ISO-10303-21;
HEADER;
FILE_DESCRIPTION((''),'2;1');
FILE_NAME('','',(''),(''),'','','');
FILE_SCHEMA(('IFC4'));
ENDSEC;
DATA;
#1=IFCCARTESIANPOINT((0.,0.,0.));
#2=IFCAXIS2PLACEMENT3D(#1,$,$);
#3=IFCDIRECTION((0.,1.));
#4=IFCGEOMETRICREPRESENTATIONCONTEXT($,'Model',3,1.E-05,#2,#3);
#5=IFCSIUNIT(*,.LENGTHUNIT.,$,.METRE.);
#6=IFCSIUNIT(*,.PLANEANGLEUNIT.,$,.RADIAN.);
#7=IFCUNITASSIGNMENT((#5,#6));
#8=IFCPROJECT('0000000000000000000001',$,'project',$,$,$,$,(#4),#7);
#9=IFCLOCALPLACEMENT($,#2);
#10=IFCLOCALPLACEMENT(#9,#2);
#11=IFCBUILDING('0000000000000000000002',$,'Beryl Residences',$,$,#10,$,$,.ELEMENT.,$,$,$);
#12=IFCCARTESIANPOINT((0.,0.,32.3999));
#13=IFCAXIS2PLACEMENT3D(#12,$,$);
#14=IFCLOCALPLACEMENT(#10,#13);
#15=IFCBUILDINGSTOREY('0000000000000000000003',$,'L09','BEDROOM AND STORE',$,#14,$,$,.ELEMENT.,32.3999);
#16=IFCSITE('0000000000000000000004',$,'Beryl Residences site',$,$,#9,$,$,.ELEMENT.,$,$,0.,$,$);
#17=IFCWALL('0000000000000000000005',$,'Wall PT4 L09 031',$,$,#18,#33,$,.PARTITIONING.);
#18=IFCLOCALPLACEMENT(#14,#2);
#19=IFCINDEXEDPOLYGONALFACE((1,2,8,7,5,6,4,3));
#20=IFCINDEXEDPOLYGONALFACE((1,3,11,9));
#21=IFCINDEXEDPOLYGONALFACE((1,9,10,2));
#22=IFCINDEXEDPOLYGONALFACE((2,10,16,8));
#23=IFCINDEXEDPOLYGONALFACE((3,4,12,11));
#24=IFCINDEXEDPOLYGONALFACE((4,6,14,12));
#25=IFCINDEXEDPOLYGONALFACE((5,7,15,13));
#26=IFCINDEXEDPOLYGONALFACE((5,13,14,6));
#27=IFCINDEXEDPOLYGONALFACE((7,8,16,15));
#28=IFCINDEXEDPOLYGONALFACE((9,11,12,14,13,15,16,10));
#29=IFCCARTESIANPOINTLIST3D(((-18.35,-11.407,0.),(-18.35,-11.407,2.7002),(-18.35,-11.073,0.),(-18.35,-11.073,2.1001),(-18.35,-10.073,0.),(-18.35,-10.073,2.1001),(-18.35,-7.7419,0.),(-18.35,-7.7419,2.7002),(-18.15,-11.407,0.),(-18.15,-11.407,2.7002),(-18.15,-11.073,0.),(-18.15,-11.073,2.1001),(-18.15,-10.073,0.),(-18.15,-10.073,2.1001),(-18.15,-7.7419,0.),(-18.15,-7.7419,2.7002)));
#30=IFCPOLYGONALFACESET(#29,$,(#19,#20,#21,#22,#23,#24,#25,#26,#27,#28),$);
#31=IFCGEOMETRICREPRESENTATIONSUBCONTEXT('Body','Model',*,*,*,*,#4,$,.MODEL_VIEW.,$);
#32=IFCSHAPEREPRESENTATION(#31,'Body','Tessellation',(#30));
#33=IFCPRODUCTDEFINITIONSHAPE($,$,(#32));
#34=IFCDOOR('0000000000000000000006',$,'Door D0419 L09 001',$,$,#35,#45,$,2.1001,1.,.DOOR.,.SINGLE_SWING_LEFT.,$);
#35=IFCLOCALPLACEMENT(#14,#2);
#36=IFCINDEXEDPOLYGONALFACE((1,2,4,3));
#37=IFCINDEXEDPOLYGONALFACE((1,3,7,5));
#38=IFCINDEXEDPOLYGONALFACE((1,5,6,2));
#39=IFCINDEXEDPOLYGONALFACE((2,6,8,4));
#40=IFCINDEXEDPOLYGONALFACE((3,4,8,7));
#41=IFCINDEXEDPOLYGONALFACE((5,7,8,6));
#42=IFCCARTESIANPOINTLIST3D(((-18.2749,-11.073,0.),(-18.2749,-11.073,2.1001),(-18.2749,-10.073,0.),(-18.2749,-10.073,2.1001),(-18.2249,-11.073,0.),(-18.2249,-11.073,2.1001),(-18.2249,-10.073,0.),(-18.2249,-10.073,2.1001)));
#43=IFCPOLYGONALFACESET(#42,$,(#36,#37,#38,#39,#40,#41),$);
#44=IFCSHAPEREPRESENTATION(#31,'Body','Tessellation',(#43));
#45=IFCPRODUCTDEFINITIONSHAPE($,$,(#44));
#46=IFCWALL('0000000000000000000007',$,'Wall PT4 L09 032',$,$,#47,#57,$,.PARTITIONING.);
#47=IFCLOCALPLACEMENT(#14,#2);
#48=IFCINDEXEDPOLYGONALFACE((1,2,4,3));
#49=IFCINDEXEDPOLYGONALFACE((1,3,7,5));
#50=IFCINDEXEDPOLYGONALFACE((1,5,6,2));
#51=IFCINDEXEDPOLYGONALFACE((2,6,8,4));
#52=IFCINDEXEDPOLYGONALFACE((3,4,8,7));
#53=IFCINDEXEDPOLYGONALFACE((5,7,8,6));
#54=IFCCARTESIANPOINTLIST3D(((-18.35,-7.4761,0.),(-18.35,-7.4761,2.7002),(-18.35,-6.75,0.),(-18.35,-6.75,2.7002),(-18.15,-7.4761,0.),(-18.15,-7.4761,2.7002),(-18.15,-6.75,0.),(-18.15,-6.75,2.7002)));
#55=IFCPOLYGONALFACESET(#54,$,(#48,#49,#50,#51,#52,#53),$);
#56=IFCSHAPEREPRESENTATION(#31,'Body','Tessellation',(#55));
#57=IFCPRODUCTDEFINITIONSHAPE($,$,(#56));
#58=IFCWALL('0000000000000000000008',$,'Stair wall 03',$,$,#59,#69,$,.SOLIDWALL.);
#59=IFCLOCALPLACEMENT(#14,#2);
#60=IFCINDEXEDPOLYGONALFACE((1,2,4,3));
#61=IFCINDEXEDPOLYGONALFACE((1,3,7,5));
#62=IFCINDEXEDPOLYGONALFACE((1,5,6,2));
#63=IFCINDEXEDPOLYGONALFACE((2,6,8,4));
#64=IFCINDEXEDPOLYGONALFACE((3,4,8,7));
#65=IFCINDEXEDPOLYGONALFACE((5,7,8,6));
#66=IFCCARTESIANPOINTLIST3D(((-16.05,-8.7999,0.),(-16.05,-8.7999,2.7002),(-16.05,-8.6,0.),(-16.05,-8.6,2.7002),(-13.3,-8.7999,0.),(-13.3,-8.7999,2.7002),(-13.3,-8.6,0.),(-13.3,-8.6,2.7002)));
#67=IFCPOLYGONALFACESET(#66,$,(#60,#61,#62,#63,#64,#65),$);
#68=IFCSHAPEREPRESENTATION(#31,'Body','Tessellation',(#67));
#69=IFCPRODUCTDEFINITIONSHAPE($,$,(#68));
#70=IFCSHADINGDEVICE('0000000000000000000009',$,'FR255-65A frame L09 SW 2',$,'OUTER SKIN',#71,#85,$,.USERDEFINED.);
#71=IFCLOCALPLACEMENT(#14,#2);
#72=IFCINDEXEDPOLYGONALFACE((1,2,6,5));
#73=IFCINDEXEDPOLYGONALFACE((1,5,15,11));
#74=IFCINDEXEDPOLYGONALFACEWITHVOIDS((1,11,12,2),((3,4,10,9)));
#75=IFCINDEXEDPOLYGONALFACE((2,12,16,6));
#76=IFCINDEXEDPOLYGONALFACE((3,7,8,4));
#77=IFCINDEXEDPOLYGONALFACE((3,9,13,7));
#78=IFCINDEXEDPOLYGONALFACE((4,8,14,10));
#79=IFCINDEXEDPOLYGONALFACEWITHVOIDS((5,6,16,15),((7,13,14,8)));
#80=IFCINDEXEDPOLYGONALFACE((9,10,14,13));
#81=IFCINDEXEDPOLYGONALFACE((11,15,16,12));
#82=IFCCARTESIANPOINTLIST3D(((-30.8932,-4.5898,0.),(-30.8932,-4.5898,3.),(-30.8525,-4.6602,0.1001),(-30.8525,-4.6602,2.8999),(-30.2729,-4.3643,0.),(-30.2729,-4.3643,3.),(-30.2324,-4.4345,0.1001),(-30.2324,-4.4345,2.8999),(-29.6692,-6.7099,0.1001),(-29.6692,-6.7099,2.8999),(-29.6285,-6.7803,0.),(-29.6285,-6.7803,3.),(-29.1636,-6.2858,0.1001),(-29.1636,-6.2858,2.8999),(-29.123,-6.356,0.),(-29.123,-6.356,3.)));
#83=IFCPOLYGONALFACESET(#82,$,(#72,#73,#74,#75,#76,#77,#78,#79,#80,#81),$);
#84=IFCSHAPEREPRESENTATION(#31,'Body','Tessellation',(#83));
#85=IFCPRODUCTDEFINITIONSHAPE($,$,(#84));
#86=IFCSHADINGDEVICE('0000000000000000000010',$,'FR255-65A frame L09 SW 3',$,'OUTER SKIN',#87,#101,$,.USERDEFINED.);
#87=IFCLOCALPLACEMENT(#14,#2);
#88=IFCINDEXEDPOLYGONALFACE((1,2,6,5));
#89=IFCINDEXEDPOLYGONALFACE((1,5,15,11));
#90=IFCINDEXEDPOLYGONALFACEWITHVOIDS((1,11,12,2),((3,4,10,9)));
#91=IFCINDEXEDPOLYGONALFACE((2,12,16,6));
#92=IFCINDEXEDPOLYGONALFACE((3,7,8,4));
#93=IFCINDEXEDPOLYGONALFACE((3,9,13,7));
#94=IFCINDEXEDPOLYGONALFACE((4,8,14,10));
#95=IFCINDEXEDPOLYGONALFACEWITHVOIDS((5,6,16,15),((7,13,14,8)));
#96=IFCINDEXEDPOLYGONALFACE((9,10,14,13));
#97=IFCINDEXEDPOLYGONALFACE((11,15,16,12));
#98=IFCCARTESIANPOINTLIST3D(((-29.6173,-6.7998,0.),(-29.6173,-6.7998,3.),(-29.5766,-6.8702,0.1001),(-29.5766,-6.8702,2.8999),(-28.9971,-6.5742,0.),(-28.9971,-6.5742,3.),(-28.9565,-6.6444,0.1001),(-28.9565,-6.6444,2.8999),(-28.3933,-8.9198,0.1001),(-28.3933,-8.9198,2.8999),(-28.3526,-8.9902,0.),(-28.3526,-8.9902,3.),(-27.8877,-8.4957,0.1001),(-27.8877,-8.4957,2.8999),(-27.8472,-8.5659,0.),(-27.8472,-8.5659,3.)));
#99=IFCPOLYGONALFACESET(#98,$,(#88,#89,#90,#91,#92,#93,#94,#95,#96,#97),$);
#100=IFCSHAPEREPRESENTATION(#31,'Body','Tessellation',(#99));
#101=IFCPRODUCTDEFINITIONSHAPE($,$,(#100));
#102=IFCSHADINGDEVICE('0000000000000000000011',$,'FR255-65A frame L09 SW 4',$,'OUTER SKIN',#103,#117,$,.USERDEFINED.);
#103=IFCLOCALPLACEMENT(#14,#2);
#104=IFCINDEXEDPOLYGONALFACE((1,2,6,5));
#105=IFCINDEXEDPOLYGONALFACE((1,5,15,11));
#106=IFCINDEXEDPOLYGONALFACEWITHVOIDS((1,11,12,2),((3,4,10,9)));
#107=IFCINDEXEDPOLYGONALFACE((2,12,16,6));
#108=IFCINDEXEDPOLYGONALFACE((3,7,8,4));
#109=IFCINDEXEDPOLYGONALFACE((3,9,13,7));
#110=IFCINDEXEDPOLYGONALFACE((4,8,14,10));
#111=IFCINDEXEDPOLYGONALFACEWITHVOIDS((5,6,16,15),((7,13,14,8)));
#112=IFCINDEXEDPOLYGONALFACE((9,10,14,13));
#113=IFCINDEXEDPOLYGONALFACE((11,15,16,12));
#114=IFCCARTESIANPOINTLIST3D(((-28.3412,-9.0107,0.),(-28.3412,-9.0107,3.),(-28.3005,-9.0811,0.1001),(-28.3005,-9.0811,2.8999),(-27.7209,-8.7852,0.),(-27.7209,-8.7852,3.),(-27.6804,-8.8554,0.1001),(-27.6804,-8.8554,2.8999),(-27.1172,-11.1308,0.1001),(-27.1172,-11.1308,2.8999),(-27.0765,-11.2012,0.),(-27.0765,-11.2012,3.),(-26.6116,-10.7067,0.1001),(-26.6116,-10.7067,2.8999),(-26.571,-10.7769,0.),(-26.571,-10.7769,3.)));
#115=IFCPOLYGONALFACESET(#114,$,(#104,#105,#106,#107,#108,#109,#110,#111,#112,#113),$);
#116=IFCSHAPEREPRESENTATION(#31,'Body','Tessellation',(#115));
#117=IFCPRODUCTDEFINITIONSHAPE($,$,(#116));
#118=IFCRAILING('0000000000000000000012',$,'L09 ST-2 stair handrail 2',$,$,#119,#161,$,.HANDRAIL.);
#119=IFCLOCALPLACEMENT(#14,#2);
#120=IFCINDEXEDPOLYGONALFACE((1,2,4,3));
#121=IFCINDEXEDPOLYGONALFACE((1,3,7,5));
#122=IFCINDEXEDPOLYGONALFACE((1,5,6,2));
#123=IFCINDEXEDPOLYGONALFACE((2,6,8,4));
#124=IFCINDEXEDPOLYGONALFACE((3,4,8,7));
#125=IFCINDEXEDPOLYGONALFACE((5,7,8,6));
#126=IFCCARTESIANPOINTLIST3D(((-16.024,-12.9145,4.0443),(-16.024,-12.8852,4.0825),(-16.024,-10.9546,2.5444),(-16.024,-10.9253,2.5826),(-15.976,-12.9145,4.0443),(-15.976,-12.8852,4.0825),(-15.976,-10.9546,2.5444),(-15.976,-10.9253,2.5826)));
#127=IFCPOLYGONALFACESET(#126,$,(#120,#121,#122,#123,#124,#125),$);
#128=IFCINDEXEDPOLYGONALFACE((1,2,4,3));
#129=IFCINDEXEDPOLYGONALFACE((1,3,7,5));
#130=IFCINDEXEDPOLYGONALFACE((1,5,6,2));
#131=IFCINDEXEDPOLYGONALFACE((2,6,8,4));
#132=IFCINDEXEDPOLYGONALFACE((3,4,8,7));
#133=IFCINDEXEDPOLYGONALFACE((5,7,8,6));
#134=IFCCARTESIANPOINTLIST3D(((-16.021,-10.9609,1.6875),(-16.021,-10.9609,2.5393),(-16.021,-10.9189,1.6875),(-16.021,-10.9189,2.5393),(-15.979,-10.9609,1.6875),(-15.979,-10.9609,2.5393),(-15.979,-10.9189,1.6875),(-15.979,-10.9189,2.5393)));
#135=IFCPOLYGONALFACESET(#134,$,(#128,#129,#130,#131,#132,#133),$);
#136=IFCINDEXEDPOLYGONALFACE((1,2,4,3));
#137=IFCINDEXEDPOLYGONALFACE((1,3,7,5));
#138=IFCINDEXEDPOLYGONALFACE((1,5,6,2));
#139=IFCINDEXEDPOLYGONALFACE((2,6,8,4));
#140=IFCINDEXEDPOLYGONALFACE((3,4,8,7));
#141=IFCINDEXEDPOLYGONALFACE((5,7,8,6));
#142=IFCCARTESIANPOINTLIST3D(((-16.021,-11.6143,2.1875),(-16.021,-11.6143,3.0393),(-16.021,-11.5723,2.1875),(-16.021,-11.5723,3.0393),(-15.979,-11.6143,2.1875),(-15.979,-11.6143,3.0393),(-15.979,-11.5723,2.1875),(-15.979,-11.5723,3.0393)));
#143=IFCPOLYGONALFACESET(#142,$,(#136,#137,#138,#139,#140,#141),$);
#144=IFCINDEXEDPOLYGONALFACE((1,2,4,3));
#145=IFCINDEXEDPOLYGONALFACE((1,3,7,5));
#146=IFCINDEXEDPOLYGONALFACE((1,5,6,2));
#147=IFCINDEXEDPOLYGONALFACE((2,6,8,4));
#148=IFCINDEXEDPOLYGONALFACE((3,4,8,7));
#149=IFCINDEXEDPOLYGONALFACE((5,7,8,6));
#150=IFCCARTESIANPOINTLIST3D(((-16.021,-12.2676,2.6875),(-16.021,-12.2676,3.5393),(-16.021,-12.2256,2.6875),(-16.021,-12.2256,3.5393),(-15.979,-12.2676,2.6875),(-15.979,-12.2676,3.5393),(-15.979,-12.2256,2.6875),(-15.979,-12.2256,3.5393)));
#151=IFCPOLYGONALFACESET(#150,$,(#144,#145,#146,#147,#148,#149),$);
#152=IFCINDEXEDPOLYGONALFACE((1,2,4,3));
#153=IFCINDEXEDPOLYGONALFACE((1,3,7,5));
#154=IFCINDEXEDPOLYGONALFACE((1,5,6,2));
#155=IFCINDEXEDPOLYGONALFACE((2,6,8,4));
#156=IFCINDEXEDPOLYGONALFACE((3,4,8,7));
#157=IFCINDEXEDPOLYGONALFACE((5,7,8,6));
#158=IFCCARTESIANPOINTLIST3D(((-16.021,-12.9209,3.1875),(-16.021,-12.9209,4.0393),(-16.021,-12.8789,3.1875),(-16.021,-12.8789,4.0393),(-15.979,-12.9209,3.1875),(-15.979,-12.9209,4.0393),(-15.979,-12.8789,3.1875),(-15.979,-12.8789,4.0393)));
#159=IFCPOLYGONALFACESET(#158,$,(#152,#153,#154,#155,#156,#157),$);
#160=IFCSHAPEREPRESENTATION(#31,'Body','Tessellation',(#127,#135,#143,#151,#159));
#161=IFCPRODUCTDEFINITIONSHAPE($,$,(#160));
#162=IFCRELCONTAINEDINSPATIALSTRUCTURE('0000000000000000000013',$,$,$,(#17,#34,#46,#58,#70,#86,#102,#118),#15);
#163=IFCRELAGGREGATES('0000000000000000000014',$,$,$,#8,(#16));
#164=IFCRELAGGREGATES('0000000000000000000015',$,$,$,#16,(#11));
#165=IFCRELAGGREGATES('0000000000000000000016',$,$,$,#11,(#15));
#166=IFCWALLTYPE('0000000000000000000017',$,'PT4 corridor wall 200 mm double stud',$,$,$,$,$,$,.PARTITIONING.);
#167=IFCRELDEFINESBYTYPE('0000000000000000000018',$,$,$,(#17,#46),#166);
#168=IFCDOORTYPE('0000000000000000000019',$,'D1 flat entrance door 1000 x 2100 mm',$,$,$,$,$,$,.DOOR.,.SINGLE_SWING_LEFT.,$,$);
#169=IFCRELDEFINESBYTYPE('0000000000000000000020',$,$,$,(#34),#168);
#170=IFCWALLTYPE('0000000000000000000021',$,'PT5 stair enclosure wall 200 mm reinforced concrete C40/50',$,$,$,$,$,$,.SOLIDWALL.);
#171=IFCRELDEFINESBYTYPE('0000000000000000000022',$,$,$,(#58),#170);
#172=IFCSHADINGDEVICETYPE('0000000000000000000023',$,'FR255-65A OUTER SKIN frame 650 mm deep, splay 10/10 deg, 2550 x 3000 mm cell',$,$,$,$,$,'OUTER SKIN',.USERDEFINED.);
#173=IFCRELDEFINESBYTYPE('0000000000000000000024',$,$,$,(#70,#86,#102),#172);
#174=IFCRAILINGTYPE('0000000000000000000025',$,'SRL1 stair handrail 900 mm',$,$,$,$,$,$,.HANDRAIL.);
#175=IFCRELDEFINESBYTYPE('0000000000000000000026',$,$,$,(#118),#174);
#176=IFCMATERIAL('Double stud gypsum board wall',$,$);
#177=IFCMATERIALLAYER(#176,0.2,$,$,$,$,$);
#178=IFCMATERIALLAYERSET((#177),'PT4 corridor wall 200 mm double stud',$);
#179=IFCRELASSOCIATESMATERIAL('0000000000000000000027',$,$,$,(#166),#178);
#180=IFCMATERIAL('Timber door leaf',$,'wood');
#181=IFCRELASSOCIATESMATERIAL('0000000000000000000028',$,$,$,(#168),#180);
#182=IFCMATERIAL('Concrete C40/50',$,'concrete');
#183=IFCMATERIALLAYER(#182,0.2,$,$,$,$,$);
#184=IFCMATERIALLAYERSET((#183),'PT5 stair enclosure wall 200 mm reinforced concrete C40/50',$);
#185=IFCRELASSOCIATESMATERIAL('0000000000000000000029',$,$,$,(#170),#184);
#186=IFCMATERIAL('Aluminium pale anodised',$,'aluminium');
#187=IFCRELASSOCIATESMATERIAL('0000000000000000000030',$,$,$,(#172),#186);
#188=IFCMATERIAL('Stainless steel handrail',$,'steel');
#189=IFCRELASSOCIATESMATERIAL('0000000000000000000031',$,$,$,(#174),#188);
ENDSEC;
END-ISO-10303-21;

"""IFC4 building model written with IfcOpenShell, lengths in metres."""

from ifc_helpers import new_model, entity, si_unit, direction, frame, frame_2d, origin, origin_2d, place, context, subcontext, project, spatial, rectangle, extrude, source, transform, mapped, material, layer, layer_set, type_object, type_shapes, element, fill, save


model = new_model("IFC4")

# Units and contexts
model_context = context("Model", 3, precision=1e-05, world=origin(), true_north=direction((0.0, 1.0)))
body_context = subcontext(model_context, "Body", "Model", "MODEL_VIEW")
ifc_project = project(units=[si_unit("LENGTHUNIT", "METRE"), si_unit("PLANEANGLEUNIT", "RADIAN")], contexts=[model_context])

# Site, building, storey
site_placement = place(None, origin())
site = spatial("IfcSite", under=ifc_project, at=site_placement, Name="Beryl Residences site", CompositionType="ELEMENT", RefElevation=0.0)
building_placement = place(site_placement, origin())
building = spatial("IfcBuilding", under=site, at=building_placement, Name="Beryl Residences", CompositionType="ELEMENT")
storey_placement = place(building_placement, frame((0.0, 0.0, 32.3999)))
storey = spatial("IfcBuildingStorey", under=building, at=storey_placement, Name="L09", Description="BEDROOM AND STORE", CompositionType="ELEMENT", Elevation=32.3999)

# Shared definitions
ifc_material_1 = material(Name="Double stud gypsum board wall")
ifc_layer_1 = layer(ifc_material_1, 0.2)
ifc_layer_set_1 = layer_set([ifc_layer_1], Name="PT4 corridor wall 200 mm double stud")
wall_type_1 = type_object("IfcWallType", Name="PT4 corridor wall 200 mm double stud", PredefinedType="PARTITIONING", material=ifc_layer_set_1)

# Wall, opening, door
wall_1_placement = place(storey_placement, frame((-18.25, -11.407, 0.0), z_axis=(0.0, 0.0, 1.0), x_axis=(0.0, 1.0, 0.0)))
wall_1 = element("IfcWall", 1, at=wall_1_placement, inside=storey, type_object=wall_type_1, Name="Wall PT4 L09 031", PredefinedType="PARTITIONING", context=body_context, shape_type="SweptSolid", body=[
    extrude(rectangle(XDim=3.665, YDim=0.2, at=frame_2d((1.8325, 0.0))), origin(), (0.0, 0.0, 1.0), 2.7002),
])
opening_1_placement = place(wall_1_placement, frame((0.334, 0.0, 0.0)))
opening_1 = element("IfcOpeningElement", 2, at=opening_1_placement, cuts=wall_1, PredefinedType="OPENING", context=body_context, shape_type="SweptSolid", body=[
    extrude(rectangle(XDim=1.0, YDim=2.1001, at=frame_2d((0.5, 1.05))), frame((0.0, 0.1099, 0.0), z_axis=(0.0, -1.0, 0.0), x_axis=(1.0, 0.0, 0.0)), (0.0, 0.0, 1.0), 0.22),
])
ifc_material_2 = material(Name="Timber door leaf", Category="wood")
door_type_1 = type_object("IfcDoorType", Name="D1 flat entrance door 1000 x 2100 mm", OperationType="SINGLE_SWING_LEFT", PredefinedType="DOOR", material=ifc_material_2)
door_1_placement = place(opening_1_placement, origin())
door_1 = element("IfcDoor", 3, at=door_1_placement, inside=storey, type_object=door_type_1, Name="Door D0419 L09 001", OperationType="SINGLE_SWING_LEFT", OverallHeight=2.1001, OverallWidth=1.0, PredefinedType="DOOR", context=body_context, shape_type="SweptSolid", body=[
    extrude(rectangle(XDim=1.0, YDim=2.1001, at=frame_2d((0.5, 1.05))), frame((0.0, 0.0249, 0.0), z_axis=(0.0, -1.0, 0.0), x_axis=(1.0, 0.0, 0.0)), (0.0, 0.0, 1.0), 0.05),
])
fill(opening_1, door_1)

# Walls
wall_2_placement = place(storey_placement, frame((-18.25, -7.4761, 0.0), z_axis=(0.0, 0.0, 1.0), x_axis=(0.0, 1.0, 0.0)))
element("IfcWall", 4, at=wall_2_placement, inside=storey, type_object=wall_type_1, Name="Wall PT4 L09 032", PredefinedType="PARTITIONING", context=body_context, shape_type="SweptSolid", body=[
    extrude(rectangle(XDim=0.7261, YDim=0.2, at=frame_2d((0.363, 0.0))), origin(), (0.0, 0.0, 1.0), 2.7002),
])
ifc_material_3 = material(Name="Concrete C40/50", Category="concrete")
ifc_layer_2 = layer(ifc_material_3, 0.2)
ifc_layer_set_2 = layer_set([ifc_layer_2], Name="PT5 stair enclosure wall 200 mm reinforced concrete C40/50")
wall_type_2 = type_object("IfcWallType", Name="PT5 stair enclosure wall 200 mm reinforced concrete C40/50", PredefinedType="SOLIDWALL", material=ifc_layer_set_2)
wall_3_placement = place(storey_placement, frame((-16.05, -8.7, 0.0), z_axis=(0.0, 0.0, 1.0), x_axis=(1.0, 0.0, 0.0)))
element("IfcWall", 5, at=wall_3_placement, inside=storey, type_object=wall_type_2, Name="Stair wall 03", PredefinedType="SOLIDWALL", context=body_context, shape_type="SweptSolid", body=[
    extrude(rectangle(XDim=2.75, YDim=0.2, at=frame_2d((1.375, 0.0))), origin(), (0.0, 0.0, 1.0), 2.7002),
])

# Shading devices
ifc_material_4 = material(Name="Aluminium pale anodised", Category="aluminium")
shading_device_type = type_object("IfcShadingDeviceType", Name="FR255-65A OUTER SKIN frame 650 mm deep, splay 10/10 deg, 2550 x 3000 mm cell", ElementType="OUTER SKIN", PredefinedType="USERDEFINED", material=ifc_material_4)
cartesian_point_1 = entity("IfcCartesianPoint", [-1.1499, 0.0])
cartesian_point_2 = entity("IfcCartesianPoint", [-1.0688, 0.1001])
cartesian_point_3 = entity("IfcCartesianPoint", [-1.2646, 0.0])
cartesian_point_4 = entity("IfcCartesianPoint", [-1.1833, 0.1001])
shared_shape = source(origin(), body_context, "Body", "SweptSolid", [
    entity("IfcExtrudedAreaSolidTapered", entity("IfcArbitraryProfileDefWithVoids", "AREA", None, entity("IfcPolyline", [cartesian_point_1, entity("IfcCartesianPoint", [1.1499, 0.0]), entity("IfcCartesianPoint", [1.1499, 3.0]), entity("IfcCartesianPoint", [-1.1499, 3.0]), cartesian_point_1]), [entity("IfcPolyline", [cartesian_point_2, entity("IfcCartesianPoint", [1.0688, 0.1001]), entity("IfcCartesianPoint", [1.0688, 2.8999]), entity("IfcCartesianPoint", [-1.0688, 2.8999]), cartesian_point_2])]), entity("IfcAxis2Placement3D", entity("IfcCartesianPoint", [0.0, 0.0, 0.0]), entity("IfcDirection", [0.0, 1.0, 0.0]), entity("IfcDirection", [-1.0, 0.0, 0.0])), entity("IfcDirection", [0.0, 0.0, 1.0]), 0.6499, entity("IfcArbitraryProfileDefWithVoids", "AREA", None, entity("IfcPolyline", [cartesian_point_3, entity("IfcCartesianPoint", [1.2646, 0.0]), entity("IfcCartesianPoint", [1.2646, 3.0]), entity("IfcCartesianPoint", [-1.2646, 3.0]), cartesian_point_3]), [entity("IfcPolyline", [cartesian_point_4, entity("IfcCartesianPoint", [1.1833, 0.1001]), entity("IfcCartesianPoint", [1.1833, 2.8999]), entity("IfcCartesianPoint", [-1.1833, 2.8999]), cartesian_point_4])])),
])
type_shapes(shading_device_type, [shared_shape])
for number, where, z_axis, x_axis, name in (
    (6, (-29.698, -5.3601, 0.0), (0.0, 0.0, 1.0), (-0.5, 0.866025, 0.0), "FR255-65A frame L09 SW 2"),
    (7, (-28.4221, -7.5701, 0.0), (0.0, 0.0, 1.0), (-0.5, 0.866025, 0.0), "FR255-65A frame L09 SW 3"),
    (8, (-27.146, -9.781, 0.0), (0.0, 0.0, 1.0), (-0.5, 0.866025, 0.0), "FR255-65A frame L09 SW 4"),
):
    element("IfcShadingDevice", number, at=place(storey_placement, frame(where, z_axis=z_axis, x_axis=x_axis)), inside=storey, type_object=shading_device_type, Name=name, ObjectType="OUTER SKIN", PredefinedType="USERDEFINED", context=body_context, shape_type="MappedRepresentation", body=[
        mapped(shared_shape, transform((0.0, 0.0, 0.0))),
    ])

# Railing
ifc_material_5 = material(Name="Stainless steel handrail", Category="steel")
railing_type = type_object("IfcRailingType", Name="SRL1 stair handrail 900 mm", PredefinedType="HANDRAIL", material=ifc_material_5)
railing_placement = place(storey_placement, frame((-16.0, -10.9399, 1.6875)))
element("IfcRailing", 9, at=railing_placement, inside=storey, type_object=railing_type, Name="L09 ST-2 stair handrail 2", PredefinedType="HANDRAIL", context=body_context, shape_type="SweptSolid", body=[
    extrude(rectangle(XDim=0.0481, YDim=0.0481, at=origin_2d()), frame((0.0, 0.0, 0.876), z_axis=(0.0, -0.794122, 0.607758), x_axis=(1.0, 0.0, 0.0)), (0.0, 0.0, 1.0), 2.468),
    extrude(rectangle(XDim=0.042, YDim=0.042, at=origin_2d()), origin(), (0.0, 0.0, 1.0), 0.8518),
    extrude(rectangle(XDim=0.042, YDim=0.042, at=origin_2d()), frame((0.0, -0.6533, 0.5)), (0.0, 0.0, 1.0), 0.8518),
    extrude(rectangle(XDim=0.042, YDim=0.042, at=origin_2d()), frame((0.0, -1.3066, 1.0)), (0.0, 0.0, 1.0), 0.8518),
    extrude(rectangle(XDim=0.042, YDim=0.042, at=origin_2d()), frame((0.0, -1.96, 1.5)), (0.0, 0.0, 1.0), 0.8518),
])

save(model, "model.ifc")
